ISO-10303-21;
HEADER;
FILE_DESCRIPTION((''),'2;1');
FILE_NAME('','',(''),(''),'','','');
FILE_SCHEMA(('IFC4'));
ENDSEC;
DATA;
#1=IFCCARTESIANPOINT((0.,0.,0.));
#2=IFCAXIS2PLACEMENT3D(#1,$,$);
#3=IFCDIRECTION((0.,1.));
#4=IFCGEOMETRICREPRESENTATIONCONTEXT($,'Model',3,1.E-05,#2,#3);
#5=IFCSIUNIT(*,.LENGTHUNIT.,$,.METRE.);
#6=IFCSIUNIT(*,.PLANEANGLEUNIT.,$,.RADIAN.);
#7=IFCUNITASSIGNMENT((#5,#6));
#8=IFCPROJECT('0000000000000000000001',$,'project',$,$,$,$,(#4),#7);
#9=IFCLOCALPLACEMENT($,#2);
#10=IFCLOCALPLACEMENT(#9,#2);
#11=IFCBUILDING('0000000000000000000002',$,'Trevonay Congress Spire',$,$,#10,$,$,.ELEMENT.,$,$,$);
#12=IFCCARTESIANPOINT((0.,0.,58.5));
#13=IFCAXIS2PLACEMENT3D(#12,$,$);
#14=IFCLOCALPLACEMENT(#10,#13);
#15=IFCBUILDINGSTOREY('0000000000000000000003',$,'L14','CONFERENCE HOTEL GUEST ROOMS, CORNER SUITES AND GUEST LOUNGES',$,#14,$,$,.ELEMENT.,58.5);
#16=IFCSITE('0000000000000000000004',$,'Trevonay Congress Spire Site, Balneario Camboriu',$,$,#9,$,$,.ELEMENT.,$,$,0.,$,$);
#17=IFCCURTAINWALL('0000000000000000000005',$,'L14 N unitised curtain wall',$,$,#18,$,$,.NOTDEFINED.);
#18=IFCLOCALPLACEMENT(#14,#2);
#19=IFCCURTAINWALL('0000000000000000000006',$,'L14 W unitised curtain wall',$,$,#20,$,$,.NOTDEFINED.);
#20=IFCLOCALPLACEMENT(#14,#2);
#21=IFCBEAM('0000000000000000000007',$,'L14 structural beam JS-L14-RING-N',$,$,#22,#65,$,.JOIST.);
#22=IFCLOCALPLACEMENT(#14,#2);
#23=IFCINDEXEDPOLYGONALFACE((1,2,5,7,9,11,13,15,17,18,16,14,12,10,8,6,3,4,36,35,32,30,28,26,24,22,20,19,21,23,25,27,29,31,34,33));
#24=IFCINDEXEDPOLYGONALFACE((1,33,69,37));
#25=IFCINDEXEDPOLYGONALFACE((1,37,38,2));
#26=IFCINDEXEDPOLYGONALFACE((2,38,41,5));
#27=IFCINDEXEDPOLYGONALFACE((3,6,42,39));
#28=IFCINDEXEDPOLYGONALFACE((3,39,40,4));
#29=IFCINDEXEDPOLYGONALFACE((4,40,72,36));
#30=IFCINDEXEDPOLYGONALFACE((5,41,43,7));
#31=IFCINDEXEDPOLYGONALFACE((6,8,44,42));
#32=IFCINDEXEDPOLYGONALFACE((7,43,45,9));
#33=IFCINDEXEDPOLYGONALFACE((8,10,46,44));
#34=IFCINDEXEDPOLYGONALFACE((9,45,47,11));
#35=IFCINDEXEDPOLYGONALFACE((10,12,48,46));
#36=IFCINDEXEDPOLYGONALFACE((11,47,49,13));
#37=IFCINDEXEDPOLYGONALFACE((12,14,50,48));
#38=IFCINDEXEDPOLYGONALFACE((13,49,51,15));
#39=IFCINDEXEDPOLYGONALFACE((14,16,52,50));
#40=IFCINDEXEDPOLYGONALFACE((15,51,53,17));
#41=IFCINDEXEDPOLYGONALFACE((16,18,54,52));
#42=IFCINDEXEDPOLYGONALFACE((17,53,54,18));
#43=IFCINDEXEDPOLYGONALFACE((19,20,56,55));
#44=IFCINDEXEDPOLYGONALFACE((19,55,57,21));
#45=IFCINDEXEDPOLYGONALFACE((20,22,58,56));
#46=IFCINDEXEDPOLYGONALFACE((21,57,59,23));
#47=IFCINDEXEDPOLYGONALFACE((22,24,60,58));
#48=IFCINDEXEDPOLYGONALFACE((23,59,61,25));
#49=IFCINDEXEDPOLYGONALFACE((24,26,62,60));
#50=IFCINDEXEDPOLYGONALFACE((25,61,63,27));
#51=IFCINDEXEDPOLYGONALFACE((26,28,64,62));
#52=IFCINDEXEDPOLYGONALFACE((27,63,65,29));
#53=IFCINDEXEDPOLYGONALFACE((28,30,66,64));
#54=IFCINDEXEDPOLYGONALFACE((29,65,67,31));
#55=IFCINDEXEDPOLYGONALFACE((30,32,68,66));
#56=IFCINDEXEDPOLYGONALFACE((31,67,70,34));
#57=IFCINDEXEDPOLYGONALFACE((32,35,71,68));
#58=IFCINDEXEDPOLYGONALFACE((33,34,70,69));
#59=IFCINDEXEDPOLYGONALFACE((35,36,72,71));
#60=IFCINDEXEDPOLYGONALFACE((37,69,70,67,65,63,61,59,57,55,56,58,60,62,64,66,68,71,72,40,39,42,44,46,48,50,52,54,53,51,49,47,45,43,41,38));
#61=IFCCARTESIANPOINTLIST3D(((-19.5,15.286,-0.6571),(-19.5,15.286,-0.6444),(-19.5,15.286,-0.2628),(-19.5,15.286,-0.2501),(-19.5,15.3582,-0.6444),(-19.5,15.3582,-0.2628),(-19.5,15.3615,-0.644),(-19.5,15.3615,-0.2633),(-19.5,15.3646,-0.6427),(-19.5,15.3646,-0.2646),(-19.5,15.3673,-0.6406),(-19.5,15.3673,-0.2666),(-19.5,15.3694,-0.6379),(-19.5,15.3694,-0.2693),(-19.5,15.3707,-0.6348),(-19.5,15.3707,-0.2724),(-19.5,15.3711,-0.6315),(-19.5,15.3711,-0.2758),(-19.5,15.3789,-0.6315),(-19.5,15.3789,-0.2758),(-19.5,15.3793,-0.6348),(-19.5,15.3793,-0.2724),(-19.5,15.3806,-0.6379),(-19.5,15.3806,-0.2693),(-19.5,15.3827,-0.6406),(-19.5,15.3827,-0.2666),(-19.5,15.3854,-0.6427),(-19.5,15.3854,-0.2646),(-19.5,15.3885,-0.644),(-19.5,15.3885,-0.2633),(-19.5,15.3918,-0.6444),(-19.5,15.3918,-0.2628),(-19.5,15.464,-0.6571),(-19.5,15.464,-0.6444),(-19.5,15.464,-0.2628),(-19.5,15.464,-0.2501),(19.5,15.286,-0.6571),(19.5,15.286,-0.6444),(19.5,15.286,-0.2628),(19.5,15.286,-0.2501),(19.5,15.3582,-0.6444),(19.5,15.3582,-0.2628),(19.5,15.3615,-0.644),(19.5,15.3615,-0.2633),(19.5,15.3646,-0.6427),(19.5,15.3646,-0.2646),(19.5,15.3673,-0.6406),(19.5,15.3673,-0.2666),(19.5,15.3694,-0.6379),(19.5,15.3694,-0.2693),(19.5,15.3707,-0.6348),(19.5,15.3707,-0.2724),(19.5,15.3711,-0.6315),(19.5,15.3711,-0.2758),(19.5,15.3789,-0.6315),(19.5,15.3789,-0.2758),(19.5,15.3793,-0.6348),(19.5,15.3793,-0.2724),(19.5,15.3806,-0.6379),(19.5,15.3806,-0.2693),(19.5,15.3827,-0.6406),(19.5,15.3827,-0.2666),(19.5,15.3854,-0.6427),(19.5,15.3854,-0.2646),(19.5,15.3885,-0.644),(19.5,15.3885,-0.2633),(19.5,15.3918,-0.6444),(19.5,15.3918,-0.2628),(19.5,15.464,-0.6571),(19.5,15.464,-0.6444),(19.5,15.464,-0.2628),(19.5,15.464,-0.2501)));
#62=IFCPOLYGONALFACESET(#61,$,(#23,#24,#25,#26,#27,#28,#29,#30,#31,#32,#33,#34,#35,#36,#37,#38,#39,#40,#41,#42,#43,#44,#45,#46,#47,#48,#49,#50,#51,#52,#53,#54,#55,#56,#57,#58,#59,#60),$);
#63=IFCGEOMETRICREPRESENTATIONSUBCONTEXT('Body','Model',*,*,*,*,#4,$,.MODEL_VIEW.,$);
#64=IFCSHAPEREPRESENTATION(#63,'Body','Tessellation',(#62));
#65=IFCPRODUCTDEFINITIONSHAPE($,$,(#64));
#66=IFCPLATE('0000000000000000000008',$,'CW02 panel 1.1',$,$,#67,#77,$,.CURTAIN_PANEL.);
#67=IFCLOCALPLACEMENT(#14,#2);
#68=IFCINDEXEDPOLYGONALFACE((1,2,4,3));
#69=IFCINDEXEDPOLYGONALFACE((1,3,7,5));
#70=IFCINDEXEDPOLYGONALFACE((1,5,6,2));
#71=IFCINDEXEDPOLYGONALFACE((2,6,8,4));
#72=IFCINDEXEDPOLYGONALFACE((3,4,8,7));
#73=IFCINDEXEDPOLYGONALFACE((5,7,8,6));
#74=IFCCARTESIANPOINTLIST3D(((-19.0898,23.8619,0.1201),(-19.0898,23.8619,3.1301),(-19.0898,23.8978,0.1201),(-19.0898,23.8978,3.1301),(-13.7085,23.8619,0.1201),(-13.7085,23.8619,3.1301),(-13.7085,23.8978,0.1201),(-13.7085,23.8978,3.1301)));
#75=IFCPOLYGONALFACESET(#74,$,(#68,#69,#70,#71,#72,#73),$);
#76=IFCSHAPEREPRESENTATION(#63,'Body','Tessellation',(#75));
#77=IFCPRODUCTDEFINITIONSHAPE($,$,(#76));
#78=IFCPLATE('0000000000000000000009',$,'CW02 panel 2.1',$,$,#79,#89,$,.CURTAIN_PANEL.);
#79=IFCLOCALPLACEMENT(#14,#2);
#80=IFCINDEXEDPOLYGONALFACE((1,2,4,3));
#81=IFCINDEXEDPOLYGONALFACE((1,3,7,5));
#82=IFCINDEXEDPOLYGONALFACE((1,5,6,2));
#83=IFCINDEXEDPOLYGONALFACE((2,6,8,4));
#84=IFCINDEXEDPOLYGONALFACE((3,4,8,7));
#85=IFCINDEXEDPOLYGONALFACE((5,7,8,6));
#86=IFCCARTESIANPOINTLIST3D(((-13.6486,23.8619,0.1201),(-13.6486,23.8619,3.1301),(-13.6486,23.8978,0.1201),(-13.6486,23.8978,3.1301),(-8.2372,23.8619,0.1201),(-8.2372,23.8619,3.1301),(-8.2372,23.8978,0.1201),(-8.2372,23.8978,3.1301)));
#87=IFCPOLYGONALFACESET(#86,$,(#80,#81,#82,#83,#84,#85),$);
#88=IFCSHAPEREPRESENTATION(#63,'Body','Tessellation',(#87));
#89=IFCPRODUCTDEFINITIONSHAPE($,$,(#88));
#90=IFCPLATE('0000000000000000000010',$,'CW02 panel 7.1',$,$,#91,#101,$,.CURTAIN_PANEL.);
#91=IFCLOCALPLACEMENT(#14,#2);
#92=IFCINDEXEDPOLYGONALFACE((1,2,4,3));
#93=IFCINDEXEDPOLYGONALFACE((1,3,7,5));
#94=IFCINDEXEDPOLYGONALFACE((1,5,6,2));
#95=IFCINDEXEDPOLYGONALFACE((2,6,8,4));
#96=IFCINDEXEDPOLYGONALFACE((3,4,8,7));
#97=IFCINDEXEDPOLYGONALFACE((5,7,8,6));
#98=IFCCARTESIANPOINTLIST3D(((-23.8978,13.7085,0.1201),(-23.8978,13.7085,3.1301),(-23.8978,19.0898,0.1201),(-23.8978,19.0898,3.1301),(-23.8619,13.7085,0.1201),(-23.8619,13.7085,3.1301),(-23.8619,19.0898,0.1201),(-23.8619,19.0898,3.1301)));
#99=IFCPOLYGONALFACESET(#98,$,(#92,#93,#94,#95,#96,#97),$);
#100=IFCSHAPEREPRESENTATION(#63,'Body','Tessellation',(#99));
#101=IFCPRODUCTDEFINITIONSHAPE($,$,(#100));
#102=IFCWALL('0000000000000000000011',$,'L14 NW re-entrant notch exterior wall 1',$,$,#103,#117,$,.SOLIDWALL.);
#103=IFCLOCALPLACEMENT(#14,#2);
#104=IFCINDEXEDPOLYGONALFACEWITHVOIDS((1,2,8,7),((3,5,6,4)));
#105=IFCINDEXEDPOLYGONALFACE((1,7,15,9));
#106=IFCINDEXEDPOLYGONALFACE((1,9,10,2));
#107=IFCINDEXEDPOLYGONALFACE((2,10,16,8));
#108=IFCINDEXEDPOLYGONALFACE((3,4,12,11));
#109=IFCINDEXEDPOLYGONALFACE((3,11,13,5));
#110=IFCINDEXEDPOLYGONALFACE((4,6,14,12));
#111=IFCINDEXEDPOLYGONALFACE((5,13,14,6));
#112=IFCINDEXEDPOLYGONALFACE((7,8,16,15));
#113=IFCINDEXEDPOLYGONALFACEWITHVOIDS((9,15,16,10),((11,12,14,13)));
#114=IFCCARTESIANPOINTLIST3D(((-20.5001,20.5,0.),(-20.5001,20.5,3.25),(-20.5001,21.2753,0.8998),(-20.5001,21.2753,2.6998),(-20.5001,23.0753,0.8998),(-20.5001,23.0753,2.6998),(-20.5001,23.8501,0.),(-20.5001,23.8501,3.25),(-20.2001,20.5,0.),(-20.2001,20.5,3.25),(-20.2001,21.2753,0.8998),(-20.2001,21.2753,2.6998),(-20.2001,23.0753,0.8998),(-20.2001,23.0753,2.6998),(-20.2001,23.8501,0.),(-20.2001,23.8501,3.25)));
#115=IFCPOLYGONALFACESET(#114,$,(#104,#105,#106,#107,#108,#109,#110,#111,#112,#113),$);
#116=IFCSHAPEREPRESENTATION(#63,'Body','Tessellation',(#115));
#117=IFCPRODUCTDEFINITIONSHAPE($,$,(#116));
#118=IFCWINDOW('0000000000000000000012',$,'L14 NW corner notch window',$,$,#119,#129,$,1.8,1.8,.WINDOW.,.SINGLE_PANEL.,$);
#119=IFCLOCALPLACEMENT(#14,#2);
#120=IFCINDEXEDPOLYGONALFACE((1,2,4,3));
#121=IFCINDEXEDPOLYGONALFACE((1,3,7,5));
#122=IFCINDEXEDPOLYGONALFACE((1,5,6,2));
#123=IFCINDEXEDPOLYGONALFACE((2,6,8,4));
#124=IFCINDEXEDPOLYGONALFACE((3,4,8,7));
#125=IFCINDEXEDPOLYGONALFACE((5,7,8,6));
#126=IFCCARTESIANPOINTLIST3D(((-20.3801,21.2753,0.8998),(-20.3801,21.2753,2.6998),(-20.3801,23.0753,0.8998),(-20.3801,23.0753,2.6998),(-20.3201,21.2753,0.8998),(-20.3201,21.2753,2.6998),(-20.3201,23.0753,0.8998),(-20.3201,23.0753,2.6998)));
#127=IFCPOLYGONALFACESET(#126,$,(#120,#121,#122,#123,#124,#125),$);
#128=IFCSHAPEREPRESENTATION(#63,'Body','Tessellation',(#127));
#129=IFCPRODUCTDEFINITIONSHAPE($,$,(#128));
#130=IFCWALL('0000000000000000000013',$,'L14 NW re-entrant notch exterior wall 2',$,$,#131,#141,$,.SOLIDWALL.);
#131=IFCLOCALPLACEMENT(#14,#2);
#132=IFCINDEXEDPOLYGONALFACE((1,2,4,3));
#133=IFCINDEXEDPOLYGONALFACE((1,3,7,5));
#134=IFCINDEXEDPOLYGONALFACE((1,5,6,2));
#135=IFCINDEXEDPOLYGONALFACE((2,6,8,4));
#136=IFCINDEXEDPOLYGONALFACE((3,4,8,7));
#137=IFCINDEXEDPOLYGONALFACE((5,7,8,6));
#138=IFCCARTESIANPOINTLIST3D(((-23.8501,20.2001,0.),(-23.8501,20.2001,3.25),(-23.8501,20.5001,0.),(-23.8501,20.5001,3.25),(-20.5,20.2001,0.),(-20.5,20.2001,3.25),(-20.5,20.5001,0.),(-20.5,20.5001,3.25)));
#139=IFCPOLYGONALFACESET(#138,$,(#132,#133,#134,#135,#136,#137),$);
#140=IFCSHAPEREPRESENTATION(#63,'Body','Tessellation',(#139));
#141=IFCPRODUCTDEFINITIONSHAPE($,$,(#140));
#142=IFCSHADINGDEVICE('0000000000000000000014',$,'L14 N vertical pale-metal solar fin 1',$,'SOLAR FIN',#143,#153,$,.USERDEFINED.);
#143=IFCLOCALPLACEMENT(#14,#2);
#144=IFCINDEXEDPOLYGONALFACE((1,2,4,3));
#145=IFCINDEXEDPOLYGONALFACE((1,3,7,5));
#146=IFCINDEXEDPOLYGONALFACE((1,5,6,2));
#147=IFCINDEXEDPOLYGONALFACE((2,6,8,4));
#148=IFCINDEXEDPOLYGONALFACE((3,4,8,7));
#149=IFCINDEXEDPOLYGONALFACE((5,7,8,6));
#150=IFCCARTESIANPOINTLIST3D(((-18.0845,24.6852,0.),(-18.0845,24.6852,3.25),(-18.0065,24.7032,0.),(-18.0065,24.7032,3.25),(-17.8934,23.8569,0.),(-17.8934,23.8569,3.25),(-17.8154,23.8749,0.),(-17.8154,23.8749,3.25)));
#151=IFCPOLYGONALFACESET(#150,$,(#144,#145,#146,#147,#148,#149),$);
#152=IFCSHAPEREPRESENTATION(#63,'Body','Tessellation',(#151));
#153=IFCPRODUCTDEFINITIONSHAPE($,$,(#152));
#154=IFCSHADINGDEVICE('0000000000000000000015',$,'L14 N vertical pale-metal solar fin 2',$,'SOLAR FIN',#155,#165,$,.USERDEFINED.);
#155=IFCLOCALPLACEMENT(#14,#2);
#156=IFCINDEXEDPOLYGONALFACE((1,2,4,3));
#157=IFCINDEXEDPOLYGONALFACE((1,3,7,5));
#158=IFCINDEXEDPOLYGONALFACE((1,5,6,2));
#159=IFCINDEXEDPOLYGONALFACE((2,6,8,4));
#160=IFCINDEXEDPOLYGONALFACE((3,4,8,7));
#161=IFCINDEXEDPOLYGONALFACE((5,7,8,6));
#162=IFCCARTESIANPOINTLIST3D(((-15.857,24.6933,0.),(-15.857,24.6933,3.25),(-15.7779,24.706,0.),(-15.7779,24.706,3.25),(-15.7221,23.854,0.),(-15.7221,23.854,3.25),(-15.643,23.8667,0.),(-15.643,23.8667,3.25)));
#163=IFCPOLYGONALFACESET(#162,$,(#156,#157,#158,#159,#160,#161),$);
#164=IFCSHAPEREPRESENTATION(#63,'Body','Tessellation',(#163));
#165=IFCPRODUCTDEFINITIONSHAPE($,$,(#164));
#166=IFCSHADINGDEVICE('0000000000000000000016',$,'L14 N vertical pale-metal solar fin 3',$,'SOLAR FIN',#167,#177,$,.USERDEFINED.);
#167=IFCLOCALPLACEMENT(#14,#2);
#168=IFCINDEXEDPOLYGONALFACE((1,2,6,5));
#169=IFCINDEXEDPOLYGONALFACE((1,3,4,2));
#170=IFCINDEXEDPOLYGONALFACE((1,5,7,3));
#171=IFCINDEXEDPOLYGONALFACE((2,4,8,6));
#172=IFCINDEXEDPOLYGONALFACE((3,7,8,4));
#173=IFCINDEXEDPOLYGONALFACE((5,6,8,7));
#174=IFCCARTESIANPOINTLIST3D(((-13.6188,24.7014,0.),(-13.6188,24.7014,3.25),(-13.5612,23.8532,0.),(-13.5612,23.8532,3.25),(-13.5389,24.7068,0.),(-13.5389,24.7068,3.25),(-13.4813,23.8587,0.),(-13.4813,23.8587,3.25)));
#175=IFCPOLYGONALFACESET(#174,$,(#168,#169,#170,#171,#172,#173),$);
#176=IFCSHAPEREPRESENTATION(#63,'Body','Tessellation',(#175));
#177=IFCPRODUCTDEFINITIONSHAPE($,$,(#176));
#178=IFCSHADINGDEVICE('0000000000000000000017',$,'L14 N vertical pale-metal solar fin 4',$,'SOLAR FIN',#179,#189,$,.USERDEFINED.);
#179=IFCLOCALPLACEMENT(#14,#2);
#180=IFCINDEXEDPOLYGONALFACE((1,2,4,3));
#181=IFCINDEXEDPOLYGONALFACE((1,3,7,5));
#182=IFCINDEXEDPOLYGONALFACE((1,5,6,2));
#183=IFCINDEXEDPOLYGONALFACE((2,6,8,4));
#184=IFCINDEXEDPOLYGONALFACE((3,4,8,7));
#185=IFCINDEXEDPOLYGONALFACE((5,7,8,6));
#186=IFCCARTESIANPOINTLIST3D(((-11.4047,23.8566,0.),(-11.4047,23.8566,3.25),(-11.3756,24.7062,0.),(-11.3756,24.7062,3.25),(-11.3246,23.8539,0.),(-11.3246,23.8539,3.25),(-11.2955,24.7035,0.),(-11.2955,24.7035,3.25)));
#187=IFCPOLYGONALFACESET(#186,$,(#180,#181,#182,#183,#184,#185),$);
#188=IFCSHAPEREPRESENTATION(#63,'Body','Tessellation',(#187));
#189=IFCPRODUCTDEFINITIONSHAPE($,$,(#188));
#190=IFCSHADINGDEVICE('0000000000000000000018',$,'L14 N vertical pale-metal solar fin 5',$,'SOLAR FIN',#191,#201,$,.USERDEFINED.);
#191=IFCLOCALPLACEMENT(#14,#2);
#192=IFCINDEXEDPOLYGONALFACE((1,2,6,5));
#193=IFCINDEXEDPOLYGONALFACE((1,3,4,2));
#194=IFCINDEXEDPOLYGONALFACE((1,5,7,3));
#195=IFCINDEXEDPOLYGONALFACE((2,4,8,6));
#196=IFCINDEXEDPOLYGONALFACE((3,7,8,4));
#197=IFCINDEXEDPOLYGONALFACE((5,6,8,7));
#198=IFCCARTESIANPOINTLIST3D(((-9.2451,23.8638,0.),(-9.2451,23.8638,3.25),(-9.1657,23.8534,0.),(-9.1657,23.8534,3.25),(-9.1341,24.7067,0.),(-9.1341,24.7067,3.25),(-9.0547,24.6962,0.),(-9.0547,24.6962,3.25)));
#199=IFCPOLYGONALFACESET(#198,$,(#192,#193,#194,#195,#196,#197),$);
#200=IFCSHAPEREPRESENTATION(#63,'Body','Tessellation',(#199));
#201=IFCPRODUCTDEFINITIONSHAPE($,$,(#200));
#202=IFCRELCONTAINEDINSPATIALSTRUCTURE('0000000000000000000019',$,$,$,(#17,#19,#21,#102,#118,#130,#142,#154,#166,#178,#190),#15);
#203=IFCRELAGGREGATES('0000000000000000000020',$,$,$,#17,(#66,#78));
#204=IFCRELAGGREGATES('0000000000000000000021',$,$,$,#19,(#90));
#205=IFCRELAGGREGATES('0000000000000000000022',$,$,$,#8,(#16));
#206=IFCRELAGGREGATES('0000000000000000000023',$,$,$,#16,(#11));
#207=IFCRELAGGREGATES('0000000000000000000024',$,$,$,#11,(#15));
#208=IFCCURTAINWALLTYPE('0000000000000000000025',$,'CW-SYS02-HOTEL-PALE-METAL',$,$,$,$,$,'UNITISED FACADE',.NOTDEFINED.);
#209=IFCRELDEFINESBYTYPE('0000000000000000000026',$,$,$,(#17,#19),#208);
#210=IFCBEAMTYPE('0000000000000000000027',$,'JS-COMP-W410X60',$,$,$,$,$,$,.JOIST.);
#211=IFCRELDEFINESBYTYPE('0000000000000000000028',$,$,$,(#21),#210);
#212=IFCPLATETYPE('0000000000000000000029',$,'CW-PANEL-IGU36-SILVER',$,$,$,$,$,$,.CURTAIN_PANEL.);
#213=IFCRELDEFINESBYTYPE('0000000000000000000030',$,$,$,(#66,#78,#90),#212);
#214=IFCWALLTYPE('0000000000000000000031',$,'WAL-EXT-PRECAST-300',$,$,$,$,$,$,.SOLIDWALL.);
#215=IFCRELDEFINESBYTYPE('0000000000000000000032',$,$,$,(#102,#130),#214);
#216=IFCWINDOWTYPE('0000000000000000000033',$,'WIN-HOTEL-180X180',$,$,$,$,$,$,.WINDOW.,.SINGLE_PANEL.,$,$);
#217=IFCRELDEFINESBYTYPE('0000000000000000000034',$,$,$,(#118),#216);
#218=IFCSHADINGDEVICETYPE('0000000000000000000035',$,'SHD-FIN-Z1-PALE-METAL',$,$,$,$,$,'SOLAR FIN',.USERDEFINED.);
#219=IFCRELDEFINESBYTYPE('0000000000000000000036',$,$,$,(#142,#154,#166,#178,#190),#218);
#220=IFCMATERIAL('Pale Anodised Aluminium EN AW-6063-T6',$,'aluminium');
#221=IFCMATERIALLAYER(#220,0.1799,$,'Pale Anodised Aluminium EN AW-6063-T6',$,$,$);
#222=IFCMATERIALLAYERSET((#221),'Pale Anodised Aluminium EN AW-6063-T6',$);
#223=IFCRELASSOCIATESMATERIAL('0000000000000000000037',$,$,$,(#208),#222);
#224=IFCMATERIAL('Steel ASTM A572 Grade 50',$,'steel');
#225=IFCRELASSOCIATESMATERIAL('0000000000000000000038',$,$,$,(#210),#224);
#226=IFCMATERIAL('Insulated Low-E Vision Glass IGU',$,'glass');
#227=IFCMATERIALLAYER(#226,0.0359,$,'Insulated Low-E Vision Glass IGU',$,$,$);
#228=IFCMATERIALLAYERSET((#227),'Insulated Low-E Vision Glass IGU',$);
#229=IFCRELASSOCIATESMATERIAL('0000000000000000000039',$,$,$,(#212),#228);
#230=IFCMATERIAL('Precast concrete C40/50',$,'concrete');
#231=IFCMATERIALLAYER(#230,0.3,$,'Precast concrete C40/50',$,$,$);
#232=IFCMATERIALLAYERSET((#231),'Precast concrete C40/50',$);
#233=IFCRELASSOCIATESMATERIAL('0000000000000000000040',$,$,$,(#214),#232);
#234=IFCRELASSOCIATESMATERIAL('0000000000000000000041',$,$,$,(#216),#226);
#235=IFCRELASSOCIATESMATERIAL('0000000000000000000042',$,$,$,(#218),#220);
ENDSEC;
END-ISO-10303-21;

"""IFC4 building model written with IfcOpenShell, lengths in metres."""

from ifc_helpers import new_model, si_unit, direction, frame, frame_2d, origin, origin_2d, place, context, subcontext, project, spatial, rectangle, i_section, extrude, material, layer, layer_set, material_profile, profile_set, type_object, element, fill, aggregate, save


model = new_model("IFC4")

# Units and contexts
model_context = context("Model", 3, precision=1e-05, world=origin(), true_north=direction((0.0, 1.0)))
body_context = subcontext(model_context, "Body", "Model", "MODEL_VIEW")
ifc_project = project(units=[si_unit("LENGTHUNIT", "METRE"), si_unit("PLANEANGLEUNIT", "RADIAN")], contexts=[model_context])

# Site, building, storey
site_placement = place(None, origin())
site = spatial("IfcSite", under=ifc_project, at=site_placement, Name="Trevonay Congress Spire Site, Balneario Camboriu", CompositionType="ELEMENT", RefElevation=0.0)
building_placement = place(site_placement, origin())
building = spatial("IfcBuilding", under=site, at=building_placement, Name="Trevonay Congress Spire", CompositionType="ELEMENT")
storey_placement = place(building_placement, frame((0.0, 0.0, 58.5)))
storey = spatial("IfcBuildingStorey", under=building, at=storey_placement, Name="L14", Description="CONFERENCE HOTEL GUEST ROOMS, CORNER SUITES AND GUEST LOUNGES", CompositionType="ELEMENT", Elevation=58.5)

# Shared definitions
ifc_material_1 = material(Name="Steel ASTM A572 Grade 50", Category="steel")

# Curtain wall
ifc_material_2 = material(Name="Pale Anodised Aluminium EN AW-6063-T6", Category="aluminium")
ifc_layer_1 = layer(ifc_material_2, 0.1799, Name="Pale Anodised Aluminium EN AW-6063-T6")
ifc_layer_set_1 = layer_set([ifc_layer_1], Name="Pale Anodised Aluminium EN AW-6063-T6")
curtain_wall_type = type_object("IfcCurtainWallType", Name="CW-SYS02-HOTEL-PALE-METAL", ElementType="UNITISED FACADE", PredefinedType="NOTDEFINED", material=ifc_layer_set_1)
curtain_wall_1_placement = place(storey_placement, origin())
curtain_wall_1 = element("IfcCurtainWall", 1, at=curtain_wall_1_placement, inside=storey, type_object=curtain_wall_type, Name="L14 N unitised curtain wall", PredefinedType="NOTDEFINED")

# Curtain wall
curtain_wall_2_placement = place(storey_placement, origin())
curtain_wall_2 = element("IfcCurtainWall", 2, at=curtain_wall_2_placement, inside=storey, type_object=curtain_wall_type, Name="L14 W unitised curtain wall", PredefinedType="NOTDEFINED")

# Beam
ifc_material_profile_1 = material_profile(ifc_material_1, i_section(OverallWidth=0.178, OverallDepth=0.407, WebThickness=0.0078, FlangeThickness=0.0127, FilletRadius=0.0129, at=origin_2d()), Name="W410x60")
ifc_profile_set_1 = profile_set([ifc_material_profile_1], Name="Steel ASTM A572 Grade 50")
beam_type_1 = type_object("IfcBeamType", Name="JS-COMP-W410X60", PredefinedType="JOIST", material=ifc_profile_set_1)
beam_1_placement = place(storey_placement, frame((-19.5, 15.375, -0.4536), z_axis=(1.0, 0.0, 0.0), x_axis=(0.0, 1.0, 0.0)))
element("IfcBeam", 3, at=beam_1_placement, inside=storey, type_object=beam_type_1, Name="L14 structural beam JS-L14-RING-N", PredefinedType="JOIST", context=body_context, shape_type="SweptSolid", body=[
    extrude(i_section(OverallWidth=0.178, OverallDepth=0.407, WebThickness=0.0078, FlangeThickness=0.0127, FilletRadius=0.0129, at=origin_2d()), origin(), (0.0, 0.0, 1.0), 39.0),
])

# Plates
ifc_material_3 = material(Name="Insulated Low-E Vision Glass IGU", Category="glass")
ifc_layer_2 = layer(ifc_material_3, 0.0359, Name="Insulated Low-E Vision Glass IGU")
ifc_layer_set_2 = layer_set([ifc_layer_2], Name="Insulated Low-E Vision Glass IGU")
plate_type = type_object("IfcPlateType", Name="CW-PANEL-IGU36-SILVER", PredefinedType="CURTAIN_PANEL", material=ifc_layer_set_2)
plate_1_placement = place(storey_placement, frame((-16.3992, 23.8799, 0.1201), z_axis=(0.0, 0.0, 1.0), x_axis=(1.0, 0.0, 0.0)))
plate_1 = element("IfcPlate", 4, at=plate_1_placement, type_object=plate_type, Name="CW02 panel 1.1", PredefinedType="CURTAIN_PANEL", context=body_context, shape_type="SweptSolid", body=[
    extrude(rectangle(XDim=5.3813, YDim=0.0359, at=origin_2d()), origin(), (0.0, 0.0, 1.0), 3.01),
])
plate_2_placement = place(storey_placement, frame((-10.9429, 23.8799, 0.1201), z_axis=(0.0, 0.0, 1.0), x_axis=(1.0, 0.0, 0.0)))
plate_2 = element("IfcPlate", 5, at=plate_2_placement, type_object=plate_type, Name="CW02 panel 2.1", PredefinedType="CURTAIN_PANEL", context=body_context, shape_type="SweptSolid", body=[
    extrude(rectangle(XDim=5.4114, YDim=0.0359, at=origin_2d()), origin(), (0.0, 0.0, 1.0), 3.01),
])
aggregate(curtain_wall_1, [plate_1, plate_2])
plate_3_placement = place(storey_placement, frame((-23.8799, 16.3992, 0.1201), z_axis=(0.0, 0.0, 1.0), x_axis=(0.0, 1.0, 0.0)))
plate_3 = element("IfcPlate", 6, at=plate_3_placement, type_object=plate_type, Name="CW02 panel 7.1", PredefinedType="CURTAIN_PANEL", context=body_context, shape_type="SweptSolid", body=[
    extrude(rectangle(XDim=5.3813, YDim=0.0359, at=origin_2d()), origin(), (0.0, 0.0, 1.0), 3.01),
])
aggregate(curtain_wall_2, [plate_3])

# Wall, opening, window
ifc_material_4 = material(Name="Precast concrete C40/50", Category="concrete")
ifc_layer_3 = layer(ifc_material_4, 0.3, Name="Precast concrete C40/50")
ifc_layer_set_3 = layer_set([ifc_layer_3], Name="Precast concrete C40/50")
wall_type = type_object("IfcWallType", Name="WAL-EXT-PRECAST-300", PredefinedType="SOLIDWALL", material=ifc_layer_set_3)
wall_1_placement = place(storey_placement, frame((-20.3501, 23.8501, 0.0), z_axis=(0.0, 0.0, 1.0), x_axis=(0.0, -1.0, 0.0)))
wall_1 = element("IfcWall", 7, at=wall_1_placement, inside=storey, type_object=wall_type, Name="L14 NW re-entrant notch exterior wall 1", PredefinedType="SOLIDWALL", context=body_context, shape_type="SweptSolid", body=[
    extrude(rectangle(XDim=3.3501, YDim=0.3, at=frame_2d((1.675, 0.0))), origin(), (0.0, 0.0, 1.0), 3.25),
])
opening_placement = place(wall_1_placement, frame((0.7749, 0.0, 0.8999)))
opening = element("IfcOpeningElement", 8, at=opening_placement, cuts=wall_1, PredefinedType="OPENING", context=body_context, shape_type="SweptSolid", body=[
    extrude(rectangle(XDim=1.8, YDim=1.8, at=frame_2d((0.8999, 0.8999))), frame((0.0, 0.1602, 0.0), z_axis=(0.0, -1.0, 0.0), x_axis=(1.0, 0.0, 0.0)), (0.0, 0.0, 1.0), 0.3201),
])
window_type = type_object("IfcWindowType", Name="WIN-HOTEL-180X180", PartitioningType="SINGLE_PANEL", PredefinedType="WINDOW", material=ifc_material_3)
window_placement = place(opening_placement, origin())
window = element("IfcWindow", 9, at=window_placement, inside=storey, type_object=window_type, Name="L14 NW corner notch window", OverallHeight=1.8, OverallWidth=1.8, PartitioningType="SINGLE_PANEL", PredefinedType="WINDOW", context=body_context, shape_type="SweptSolid", body=[
    extrude(rectangle(XDim=1.8, YDim=1.8, at=frame_2d((0.8999, 0.8999))), frame((0.0, 0.03, 0.0), z_axis=(0.0, -1.0, 0.0), x_axis=(1.0, 0.0, 0.0)), (0.0, 0.0, 1.0), 0.0601),
])
fill(opening, window)

# Wall
wall_2_placement = place(storey_placement, frame((-23.8501, 20.3501, 0.0), z_axis=(0.0, 0.0, 1.0), x_axis=(1.0, 0.0, 0.0)))
element("IfcWall", 10, at=wall_2_placement, inside=storey, type_object=wall_type, Name="L14 NW re-entrant notch exterior wall 2", PredefinedType="SOLIDWALL", context=body_context, shape_type="SweptSolid", body=[
    extrude(rectangle(XDim=3.3501, YDim=0.3, at=frame_2d((1.675, 0.0))), origin(), (0.0, 0.0, 1.0), 3.25),
])

# Shading devices
shading_device_type = type_object("IfcShadingDeviceType", Name="SHD-FIN-Z1-PALE-METAL", ElementType="SOLAR FIN", PredefinedType="USERDEFINED", material=ifc_material_2)
for number, where, z_axis, x_axis, name in (
    (11, (-17.95, 24.28, 0.0), (0.0, 0.0, 1.0), (0.974409, 0.224781, 0.0), "L14 N vertical pale-metal solar fin 1"),
    (12, (-15.75, 24.28, 0.0), (0.0, 0.0, 1.0), (0.987331, 0.158675, 0.0), "L14 N vertical pale-metal solar fin 2"),
    (13, (-13.55, 24.28, 0.0), (0.0, 0.0, 1.0), (0.997708, 0.067667, 0.0), "L14 N vertical pale-metal solar fin 3"),
    (14, (-11.3501, 24.28, 0.0), (0.0, 0.0, 1.0), (0.999415, -0.034202, 0.0), "L14 N vertical pale-metal solar fin 4"),
    (15, (-9.1499, 24.28, 0.0), (0.0, 0.0, 1.0), (0.991445, -0.130526, 0.0), "L14 N vertical pale-metal solar fin 5"),
):
    element("IfcShadingDevice", number, at=place(storey_placement, frame(where, z_axis=z_axis, x_axis=x_axis)), inside=storey, type_object=shading_device_type, Name=name, ObjectType="SOLAR FIN", PredefinedType="USERDEFINED", context=body_context, shape_type="SweptSolid", body=[
        extrude(rectangle(XDim=0.0801, YDim=0.8501, at=origin_2d()), origin(), (0.0, 0.0, 1.0), 3.25),
    ])

save(model, "model.ifc")
